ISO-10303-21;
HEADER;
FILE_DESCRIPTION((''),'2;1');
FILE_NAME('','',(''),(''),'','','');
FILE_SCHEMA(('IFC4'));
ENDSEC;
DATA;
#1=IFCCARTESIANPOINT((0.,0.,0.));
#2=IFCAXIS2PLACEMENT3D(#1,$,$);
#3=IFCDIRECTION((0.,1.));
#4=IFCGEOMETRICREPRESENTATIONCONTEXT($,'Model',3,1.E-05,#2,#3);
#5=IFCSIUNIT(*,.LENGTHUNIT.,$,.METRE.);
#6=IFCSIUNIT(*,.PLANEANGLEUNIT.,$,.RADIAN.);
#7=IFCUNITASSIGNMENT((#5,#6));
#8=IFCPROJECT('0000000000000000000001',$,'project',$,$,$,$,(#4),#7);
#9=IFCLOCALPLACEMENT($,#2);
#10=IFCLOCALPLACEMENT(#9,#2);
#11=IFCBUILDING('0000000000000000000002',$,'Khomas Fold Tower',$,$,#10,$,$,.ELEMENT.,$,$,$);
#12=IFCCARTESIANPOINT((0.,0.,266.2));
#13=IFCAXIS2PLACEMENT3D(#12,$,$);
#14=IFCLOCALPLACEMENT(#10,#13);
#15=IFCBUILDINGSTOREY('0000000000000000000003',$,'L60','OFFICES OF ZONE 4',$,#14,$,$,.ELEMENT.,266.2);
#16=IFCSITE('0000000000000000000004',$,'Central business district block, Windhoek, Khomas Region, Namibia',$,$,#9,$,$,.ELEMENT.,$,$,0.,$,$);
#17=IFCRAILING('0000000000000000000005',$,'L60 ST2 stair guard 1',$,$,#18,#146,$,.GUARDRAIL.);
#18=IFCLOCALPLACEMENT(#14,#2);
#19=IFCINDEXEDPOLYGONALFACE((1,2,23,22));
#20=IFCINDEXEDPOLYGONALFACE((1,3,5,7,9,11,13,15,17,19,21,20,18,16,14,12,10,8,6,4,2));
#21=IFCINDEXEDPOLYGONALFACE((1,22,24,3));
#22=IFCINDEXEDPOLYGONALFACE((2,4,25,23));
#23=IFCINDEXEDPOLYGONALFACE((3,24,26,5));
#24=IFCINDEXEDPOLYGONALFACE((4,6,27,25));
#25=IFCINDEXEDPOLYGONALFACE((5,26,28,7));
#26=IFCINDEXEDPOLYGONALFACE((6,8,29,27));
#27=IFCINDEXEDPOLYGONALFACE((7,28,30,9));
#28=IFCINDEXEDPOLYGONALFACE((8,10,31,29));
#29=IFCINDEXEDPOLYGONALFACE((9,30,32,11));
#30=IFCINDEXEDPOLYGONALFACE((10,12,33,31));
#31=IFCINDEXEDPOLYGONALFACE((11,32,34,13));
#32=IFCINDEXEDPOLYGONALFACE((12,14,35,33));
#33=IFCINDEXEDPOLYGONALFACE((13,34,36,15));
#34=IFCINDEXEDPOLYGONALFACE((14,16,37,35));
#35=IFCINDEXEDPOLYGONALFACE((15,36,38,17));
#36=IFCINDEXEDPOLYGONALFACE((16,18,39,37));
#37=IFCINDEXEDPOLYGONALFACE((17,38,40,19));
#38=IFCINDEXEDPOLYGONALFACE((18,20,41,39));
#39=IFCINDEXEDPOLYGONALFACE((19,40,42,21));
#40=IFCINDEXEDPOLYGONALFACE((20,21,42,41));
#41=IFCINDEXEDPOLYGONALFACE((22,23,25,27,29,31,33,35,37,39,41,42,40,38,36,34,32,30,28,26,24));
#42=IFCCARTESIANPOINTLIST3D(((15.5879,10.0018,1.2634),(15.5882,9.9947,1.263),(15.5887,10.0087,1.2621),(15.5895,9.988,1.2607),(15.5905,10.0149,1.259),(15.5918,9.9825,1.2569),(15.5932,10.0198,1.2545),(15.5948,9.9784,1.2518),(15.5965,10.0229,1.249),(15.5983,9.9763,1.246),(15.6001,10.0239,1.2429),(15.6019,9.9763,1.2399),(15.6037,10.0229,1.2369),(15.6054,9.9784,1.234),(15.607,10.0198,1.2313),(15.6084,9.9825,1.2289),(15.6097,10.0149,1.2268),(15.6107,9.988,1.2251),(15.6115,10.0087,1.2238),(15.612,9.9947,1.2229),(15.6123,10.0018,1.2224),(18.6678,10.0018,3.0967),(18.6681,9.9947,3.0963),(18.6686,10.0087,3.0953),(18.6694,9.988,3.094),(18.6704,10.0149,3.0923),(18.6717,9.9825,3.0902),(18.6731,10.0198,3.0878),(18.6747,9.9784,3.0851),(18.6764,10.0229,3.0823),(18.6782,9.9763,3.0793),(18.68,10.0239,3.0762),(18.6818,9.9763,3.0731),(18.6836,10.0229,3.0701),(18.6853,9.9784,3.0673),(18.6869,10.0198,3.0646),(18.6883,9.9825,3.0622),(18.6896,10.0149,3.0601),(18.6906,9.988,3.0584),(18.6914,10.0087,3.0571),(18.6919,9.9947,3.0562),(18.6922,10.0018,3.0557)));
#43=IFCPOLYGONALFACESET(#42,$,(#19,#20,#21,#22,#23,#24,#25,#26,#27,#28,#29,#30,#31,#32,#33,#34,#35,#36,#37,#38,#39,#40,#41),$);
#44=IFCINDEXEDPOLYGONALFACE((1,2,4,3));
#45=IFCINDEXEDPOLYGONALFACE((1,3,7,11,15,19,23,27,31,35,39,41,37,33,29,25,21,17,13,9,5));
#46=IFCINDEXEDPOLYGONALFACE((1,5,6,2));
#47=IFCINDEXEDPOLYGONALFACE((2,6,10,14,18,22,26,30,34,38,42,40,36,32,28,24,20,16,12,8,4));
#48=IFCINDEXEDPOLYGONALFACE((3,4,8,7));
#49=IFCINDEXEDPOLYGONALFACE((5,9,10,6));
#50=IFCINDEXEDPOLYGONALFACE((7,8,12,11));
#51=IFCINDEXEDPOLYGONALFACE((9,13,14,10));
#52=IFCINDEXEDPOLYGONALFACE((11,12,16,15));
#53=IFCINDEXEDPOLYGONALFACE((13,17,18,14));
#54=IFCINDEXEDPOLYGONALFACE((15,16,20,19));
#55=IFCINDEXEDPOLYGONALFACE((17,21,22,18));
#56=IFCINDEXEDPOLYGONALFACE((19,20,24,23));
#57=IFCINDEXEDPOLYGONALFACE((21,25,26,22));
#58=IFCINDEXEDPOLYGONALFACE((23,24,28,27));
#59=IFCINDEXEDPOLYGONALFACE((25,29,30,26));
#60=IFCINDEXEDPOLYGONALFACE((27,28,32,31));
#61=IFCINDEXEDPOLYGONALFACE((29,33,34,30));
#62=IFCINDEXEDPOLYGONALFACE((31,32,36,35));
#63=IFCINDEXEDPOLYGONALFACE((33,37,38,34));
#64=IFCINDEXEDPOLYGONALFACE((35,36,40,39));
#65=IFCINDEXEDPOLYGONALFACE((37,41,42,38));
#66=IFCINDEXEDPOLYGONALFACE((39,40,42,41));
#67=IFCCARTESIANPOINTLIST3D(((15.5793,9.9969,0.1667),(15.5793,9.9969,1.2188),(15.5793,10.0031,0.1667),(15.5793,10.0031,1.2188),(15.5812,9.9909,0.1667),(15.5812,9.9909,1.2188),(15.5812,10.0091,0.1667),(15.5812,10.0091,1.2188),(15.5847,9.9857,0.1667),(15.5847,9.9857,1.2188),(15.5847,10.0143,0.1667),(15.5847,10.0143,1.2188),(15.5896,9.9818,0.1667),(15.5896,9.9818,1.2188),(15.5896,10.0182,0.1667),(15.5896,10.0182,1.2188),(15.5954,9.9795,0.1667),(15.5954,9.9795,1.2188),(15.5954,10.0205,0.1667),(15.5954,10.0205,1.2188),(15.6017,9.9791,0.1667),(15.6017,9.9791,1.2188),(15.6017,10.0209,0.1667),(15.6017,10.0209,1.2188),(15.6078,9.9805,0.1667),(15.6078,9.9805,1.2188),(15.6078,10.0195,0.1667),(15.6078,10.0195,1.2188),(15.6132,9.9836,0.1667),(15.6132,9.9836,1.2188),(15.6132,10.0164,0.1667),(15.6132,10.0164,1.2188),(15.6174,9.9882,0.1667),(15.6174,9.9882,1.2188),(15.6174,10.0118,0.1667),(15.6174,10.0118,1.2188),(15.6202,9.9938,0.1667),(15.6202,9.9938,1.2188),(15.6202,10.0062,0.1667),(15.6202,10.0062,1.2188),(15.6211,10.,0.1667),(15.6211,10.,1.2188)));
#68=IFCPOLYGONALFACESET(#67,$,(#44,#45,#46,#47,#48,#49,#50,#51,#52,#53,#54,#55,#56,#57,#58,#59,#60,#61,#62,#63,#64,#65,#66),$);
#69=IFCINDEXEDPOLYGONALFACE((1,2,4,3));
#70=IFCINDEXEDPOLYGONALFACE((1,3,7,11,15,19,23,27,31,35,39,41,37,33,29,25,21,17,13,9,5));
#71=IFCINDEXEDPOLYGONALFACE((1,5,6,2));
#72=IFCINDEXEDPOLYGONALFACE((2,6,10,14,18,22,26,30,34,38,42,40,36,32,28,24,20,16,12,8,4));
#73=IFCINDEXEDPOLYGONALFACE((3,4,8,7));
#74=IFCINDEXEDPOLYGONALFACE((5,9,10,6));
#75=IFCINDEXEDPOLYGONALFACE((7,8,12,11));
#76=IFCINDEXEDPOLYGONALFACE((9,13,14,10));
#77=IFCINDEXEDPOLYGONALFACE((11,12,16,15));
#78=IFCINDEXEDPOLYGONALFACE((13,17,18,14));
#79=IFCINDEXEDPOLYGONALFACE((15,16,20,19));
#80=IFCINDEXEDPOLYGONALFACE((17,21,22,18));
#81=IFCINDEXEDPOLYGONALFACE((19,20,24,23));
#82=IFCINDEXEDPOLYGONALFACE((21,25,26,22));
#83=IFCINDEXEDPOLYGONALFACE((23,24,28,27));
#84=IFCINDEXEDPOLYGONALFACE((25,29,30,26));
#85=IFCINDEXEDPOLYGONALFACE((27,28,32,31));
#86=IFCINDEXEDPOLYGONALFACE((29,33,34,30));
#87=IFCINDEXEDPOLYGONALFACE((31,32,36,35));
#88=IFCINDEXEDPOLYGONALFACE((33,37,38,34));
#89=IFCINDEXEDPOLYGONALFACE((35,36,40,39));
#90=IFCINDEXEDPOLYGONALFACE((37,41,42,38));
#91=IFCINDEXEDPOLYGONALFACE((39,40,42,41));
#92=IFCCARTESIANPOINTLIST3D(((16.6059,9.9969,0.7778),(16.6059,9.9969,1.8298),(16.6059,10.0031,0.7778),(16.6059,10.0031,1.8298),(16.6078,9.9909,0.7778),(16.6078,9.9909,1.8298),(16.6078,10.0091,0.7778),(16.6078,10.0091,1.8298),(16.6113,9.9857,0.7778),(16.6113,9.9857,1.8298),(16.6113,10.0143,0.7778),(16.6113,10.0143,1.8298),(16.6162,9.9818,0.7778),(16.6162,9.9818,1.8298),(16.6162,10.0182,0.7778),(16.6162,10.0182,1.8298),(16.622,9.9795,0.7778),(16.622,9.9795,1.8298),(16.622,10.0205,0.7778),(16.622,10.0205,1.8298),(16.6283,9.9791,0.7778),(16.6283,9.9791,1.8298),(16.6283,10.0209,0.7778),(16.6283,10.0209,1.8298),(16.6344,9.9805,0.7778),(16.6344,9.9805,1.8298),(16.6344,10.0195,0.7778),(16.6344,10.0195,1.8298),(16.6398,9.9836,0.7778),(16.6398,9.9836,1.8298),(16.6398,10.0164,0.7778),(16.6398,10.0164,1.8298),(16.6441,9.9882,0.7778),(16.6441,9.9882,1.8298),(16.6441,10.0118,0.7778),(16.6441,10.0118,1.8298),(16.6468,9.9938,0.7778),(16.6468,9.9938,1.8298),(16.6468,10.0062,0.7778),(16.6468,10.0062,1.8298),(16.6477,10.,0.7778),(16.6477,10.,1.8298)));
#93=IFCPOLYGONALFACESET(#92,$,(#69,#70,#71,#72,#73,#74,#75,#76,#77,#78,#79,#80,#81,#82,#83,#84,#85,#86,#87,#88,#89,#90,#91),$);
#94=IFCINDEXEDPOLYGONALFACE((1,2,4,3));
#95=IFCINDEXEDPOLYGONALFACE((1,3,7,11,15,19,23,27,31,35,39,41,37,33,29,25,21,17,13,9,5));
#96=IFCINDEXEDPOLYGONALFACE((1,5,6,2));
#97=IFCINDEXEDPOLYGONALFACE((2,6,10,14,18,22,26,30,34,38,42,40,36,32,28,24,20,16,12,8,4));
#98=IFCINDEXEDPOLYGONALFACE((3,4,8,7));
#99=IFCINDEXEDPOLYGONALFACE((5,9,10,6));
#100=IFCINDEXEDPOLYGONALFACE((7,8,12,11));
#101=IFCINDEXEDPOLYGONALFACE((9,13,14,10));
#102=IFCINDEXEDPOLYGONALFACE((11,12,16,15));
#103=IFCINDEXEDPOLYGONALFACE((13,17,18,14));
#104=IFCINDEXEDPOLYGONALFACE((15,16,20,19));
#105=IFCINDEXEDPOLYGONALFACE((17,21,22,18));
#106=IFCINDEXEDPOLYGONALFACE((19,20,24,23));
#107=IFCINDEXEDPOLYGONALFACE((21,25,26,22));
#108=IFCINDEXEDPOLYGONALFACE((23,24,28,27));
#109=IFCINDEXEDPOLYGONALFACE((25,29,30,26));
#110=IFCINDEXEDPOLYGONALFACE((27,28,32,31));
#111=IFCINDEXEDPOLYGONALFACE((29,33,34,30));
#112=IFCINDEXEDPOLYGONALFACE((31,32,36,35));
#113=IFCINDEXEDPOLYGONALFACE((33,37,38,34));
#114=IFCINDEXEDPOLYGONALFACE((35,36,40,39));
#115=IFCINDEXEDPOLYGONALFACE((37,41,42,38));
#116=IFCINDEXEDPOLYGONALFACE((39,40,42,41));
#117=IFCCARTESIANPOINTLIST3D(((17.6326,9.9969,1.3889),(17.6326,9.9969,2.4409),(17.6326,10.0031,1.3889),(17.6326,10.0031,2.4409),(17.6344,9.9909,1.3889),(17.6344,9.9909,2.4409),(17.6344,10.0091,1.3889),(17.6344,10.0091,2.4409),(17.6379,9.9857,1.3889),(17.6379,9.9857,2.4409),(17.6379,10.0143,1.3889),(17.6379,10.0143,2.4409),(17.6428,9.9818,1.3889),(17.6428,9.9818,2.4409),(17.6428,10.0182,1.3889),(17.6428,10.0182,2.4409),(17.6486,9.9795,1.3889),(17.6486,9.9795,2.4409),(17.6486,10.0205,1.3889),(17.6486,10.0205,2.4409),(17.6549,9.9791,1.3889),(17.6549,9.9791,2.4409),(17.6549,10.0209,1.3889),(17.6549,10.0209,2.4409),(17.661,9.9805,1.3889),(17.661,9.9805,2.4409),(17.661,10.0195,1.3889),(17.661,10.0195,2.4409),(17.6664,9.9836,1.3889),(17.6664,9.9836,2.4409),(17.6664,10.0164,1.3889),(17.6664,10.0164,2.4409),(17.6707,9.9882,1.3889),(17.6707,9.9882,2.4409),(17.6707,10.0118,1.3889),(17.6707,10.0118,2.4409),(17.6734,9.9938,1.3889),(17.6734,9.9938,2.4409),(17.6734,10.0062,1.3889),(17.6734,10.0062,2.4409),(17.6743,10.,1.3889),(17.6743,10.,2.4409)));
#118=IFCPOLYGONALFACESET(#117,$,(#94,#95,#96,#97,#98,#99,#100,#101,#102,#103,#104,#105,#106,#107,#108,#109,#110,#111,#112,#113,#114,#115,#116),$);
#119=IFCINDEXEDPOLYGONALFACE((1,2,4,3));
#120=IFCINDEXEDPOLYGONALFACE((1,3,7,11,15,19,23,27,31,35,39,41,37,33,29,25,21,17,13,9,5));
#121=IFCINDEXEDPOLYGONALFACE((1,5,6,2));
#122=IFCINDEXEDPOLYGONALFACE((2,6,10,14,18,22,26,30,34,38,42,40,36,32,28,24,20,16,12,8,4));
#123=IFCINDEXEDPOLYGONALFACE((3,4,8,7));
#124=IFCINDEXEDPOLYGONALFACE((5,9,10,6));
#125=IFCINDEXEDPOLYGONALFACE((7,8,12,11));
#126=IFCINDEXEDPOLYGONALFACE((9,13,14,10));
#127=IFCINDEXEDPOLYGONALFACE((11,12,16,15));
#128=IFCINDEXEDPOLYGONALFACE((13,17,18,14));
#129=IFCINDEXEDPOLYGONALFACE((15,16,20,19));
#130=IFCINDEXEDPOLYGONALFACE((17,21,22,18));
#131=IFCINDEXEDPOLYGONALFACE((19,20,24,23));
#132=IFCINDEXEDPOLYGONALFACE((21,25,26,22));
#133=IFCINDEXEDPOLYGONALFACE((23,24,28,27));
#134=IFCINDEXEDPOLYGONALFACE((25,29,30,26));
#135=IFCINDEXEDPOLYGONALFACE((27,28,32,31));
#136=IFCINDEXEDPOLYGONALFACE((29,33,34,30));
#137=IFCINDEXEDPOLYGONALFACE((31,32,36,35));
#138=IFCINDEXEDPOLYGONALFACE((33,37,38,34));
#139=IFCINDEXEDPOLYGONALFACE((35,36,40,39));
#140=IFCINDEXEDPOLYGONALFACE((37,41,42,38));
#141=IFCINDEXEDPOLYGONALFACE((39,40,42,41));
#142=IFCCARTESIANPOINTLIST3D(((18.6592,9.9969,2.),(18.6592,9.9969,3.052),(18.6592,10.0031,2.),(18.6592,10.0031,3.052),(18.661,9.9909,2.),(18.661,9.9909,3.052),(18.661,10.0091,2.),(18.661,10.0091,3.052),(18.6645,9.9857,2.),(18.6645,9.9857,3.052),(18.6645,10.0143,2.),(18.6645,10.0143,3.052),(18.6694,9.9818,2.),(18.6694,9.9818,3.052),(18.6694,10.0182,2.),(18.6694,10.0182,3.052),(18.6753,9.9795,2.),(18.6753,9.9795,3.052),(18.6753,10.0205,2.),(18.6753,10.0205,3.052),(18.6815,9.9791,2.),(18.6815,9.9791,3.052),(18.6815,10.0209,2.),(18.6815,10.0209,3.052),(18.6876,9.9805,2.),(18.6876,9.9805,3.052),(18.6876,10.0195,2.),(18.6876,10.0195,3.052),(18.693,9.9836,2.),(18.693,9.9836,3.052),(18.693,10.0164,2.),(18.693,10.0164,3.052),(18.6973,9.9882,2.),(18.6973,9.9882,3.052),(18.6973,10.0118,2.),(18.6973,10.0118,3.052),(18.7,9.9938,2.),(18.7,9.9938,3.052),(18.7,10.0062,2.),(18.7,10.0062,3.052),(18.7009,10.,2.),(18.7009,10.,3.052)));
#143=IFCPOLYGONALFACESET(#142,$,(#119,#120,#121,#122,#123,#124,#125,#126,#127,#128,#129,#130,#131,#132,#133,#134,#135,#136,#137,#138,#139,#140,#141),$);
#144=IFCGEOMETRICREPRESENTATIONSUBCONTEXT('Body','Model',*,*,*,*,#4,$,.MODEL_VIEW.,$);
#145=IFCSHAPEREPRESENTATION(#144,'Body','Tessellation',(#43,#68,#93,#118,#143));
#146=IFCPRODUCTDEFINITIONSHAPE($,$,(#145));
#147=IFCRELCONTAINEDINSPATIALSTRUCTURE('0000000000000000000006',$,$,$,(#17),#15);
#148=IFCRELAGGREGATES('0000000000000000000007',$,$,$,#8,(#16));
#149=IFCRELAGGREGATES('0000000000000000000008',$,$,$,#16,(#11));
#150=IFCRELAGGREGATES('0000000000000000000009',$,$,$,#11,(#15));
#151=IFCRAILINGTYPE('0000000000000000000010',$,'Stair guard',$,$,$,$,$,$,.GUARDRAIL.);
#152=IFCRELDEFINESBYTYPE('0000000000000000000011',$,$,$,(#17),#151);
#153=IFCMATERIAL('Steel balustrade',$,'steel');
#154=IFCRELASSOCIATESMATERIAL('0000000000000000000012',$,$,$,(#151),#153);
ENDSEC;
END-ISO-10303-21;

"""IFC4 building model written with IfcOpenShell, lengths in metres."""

from ifc_helpers import new_model, si_unit, direction, frame, origin, origin_2d, place, context, subcontext, project, spatial, circle, extrude, source, transform, mapped, material, type_object, element, save


model = new_model("IFC4")

# Units and contexts
model_context = context("Model", 3, precision=1e-05, world=origin(), true_north=direction((0.0, 1.0)))
body_context = subcontext(model_context, "Body", "Model", "MODEL_VIEW")
ifc_project = project(units=[si_unit("LENGTHUNIT", "METRE"), si_unit("PLANEANGLEUNIT", "RADIAN")], contexts=[model_context])

# Site, building, storey
site_placement = place(None, origin())
site = spatial("IfcSite", under=ifc_project, at=site_placement, Name="Central business district block, Windhoek, Khomas Region, Namibia", CompositionType="ELEMENT", RefElevation=0.0)
building_placement = place(site_placement, origin())
building = spatial("IfcBuilding", under=site, at=building_placement, Name="Khomas Fold Tower", CompositionType="ELEMENT")
storey_placement = place(building_placement, frame((0.0, 0.0, 266.2)))
storey = spatial("IfcBuildingStorey", under=building, at=storey_placement, Name="L60", Description="OFFICES OF ZONE 4", CompositionType="ELEMENT", Elevation=266.2)

# Railing
ifc_material_1 = material(Name="Steel balustrade", Category="steel")
railing_type_1 = type_object("IfcRailingType", Name="Stair guard", PredefinedType="GUARDRAIL", material=ifc_material_1)
shared_shape_1 = source(origin(), body_context, "Body", "SweptSolid", [
    extrude(circle(Radius=0.0239, at=origin_2d()), frame((0.0, 0.0, 1.0762), z_axis=(0.859291, 0.0, 0.511487), x_axis=(0.0, 1.0, 0.0)), (0.0, 0.0, 1.0), 3.5842),
    extrude(circle(Radius=0.021, at=origin_2d()), origin(), (0.0, 0.0, 1.0), 1.052),
    extrude(circle(Radius=0.021, at=origin_2d()), frame((1.0266, 0.0, 0.6111)), (0.0, 0.0, 1.0), 1.052),
    extrude(circle(Radius=0.021, at=origin_2d()), frame((2.0532, 0.0, 1.2222)), (0.0, 0.0, 1.0), 1.052),
    extrude(circle(Radius=0.021, at=origin_2d()), frame((3.0798, 0.0, 1.8333)), (0.0, 0.0, 1.0), 1.052),
])
railing_1_placement = place(storey_placement, frame((15.6001, 10.0, 0.1667)))
element("IfcRailing", 1, at=railing_1_placement, inside=storey, type_object=railing_type_1, Name="L60 ST2 stair guard 1", PredefinedType="GUARDRAIL", context=body_context, shape_type="MappedRepresentation", body=[
    mapped(shared_shape_1, transform((0.0, 0.0, 0.0))),
])

save(model, "model.ifc")
